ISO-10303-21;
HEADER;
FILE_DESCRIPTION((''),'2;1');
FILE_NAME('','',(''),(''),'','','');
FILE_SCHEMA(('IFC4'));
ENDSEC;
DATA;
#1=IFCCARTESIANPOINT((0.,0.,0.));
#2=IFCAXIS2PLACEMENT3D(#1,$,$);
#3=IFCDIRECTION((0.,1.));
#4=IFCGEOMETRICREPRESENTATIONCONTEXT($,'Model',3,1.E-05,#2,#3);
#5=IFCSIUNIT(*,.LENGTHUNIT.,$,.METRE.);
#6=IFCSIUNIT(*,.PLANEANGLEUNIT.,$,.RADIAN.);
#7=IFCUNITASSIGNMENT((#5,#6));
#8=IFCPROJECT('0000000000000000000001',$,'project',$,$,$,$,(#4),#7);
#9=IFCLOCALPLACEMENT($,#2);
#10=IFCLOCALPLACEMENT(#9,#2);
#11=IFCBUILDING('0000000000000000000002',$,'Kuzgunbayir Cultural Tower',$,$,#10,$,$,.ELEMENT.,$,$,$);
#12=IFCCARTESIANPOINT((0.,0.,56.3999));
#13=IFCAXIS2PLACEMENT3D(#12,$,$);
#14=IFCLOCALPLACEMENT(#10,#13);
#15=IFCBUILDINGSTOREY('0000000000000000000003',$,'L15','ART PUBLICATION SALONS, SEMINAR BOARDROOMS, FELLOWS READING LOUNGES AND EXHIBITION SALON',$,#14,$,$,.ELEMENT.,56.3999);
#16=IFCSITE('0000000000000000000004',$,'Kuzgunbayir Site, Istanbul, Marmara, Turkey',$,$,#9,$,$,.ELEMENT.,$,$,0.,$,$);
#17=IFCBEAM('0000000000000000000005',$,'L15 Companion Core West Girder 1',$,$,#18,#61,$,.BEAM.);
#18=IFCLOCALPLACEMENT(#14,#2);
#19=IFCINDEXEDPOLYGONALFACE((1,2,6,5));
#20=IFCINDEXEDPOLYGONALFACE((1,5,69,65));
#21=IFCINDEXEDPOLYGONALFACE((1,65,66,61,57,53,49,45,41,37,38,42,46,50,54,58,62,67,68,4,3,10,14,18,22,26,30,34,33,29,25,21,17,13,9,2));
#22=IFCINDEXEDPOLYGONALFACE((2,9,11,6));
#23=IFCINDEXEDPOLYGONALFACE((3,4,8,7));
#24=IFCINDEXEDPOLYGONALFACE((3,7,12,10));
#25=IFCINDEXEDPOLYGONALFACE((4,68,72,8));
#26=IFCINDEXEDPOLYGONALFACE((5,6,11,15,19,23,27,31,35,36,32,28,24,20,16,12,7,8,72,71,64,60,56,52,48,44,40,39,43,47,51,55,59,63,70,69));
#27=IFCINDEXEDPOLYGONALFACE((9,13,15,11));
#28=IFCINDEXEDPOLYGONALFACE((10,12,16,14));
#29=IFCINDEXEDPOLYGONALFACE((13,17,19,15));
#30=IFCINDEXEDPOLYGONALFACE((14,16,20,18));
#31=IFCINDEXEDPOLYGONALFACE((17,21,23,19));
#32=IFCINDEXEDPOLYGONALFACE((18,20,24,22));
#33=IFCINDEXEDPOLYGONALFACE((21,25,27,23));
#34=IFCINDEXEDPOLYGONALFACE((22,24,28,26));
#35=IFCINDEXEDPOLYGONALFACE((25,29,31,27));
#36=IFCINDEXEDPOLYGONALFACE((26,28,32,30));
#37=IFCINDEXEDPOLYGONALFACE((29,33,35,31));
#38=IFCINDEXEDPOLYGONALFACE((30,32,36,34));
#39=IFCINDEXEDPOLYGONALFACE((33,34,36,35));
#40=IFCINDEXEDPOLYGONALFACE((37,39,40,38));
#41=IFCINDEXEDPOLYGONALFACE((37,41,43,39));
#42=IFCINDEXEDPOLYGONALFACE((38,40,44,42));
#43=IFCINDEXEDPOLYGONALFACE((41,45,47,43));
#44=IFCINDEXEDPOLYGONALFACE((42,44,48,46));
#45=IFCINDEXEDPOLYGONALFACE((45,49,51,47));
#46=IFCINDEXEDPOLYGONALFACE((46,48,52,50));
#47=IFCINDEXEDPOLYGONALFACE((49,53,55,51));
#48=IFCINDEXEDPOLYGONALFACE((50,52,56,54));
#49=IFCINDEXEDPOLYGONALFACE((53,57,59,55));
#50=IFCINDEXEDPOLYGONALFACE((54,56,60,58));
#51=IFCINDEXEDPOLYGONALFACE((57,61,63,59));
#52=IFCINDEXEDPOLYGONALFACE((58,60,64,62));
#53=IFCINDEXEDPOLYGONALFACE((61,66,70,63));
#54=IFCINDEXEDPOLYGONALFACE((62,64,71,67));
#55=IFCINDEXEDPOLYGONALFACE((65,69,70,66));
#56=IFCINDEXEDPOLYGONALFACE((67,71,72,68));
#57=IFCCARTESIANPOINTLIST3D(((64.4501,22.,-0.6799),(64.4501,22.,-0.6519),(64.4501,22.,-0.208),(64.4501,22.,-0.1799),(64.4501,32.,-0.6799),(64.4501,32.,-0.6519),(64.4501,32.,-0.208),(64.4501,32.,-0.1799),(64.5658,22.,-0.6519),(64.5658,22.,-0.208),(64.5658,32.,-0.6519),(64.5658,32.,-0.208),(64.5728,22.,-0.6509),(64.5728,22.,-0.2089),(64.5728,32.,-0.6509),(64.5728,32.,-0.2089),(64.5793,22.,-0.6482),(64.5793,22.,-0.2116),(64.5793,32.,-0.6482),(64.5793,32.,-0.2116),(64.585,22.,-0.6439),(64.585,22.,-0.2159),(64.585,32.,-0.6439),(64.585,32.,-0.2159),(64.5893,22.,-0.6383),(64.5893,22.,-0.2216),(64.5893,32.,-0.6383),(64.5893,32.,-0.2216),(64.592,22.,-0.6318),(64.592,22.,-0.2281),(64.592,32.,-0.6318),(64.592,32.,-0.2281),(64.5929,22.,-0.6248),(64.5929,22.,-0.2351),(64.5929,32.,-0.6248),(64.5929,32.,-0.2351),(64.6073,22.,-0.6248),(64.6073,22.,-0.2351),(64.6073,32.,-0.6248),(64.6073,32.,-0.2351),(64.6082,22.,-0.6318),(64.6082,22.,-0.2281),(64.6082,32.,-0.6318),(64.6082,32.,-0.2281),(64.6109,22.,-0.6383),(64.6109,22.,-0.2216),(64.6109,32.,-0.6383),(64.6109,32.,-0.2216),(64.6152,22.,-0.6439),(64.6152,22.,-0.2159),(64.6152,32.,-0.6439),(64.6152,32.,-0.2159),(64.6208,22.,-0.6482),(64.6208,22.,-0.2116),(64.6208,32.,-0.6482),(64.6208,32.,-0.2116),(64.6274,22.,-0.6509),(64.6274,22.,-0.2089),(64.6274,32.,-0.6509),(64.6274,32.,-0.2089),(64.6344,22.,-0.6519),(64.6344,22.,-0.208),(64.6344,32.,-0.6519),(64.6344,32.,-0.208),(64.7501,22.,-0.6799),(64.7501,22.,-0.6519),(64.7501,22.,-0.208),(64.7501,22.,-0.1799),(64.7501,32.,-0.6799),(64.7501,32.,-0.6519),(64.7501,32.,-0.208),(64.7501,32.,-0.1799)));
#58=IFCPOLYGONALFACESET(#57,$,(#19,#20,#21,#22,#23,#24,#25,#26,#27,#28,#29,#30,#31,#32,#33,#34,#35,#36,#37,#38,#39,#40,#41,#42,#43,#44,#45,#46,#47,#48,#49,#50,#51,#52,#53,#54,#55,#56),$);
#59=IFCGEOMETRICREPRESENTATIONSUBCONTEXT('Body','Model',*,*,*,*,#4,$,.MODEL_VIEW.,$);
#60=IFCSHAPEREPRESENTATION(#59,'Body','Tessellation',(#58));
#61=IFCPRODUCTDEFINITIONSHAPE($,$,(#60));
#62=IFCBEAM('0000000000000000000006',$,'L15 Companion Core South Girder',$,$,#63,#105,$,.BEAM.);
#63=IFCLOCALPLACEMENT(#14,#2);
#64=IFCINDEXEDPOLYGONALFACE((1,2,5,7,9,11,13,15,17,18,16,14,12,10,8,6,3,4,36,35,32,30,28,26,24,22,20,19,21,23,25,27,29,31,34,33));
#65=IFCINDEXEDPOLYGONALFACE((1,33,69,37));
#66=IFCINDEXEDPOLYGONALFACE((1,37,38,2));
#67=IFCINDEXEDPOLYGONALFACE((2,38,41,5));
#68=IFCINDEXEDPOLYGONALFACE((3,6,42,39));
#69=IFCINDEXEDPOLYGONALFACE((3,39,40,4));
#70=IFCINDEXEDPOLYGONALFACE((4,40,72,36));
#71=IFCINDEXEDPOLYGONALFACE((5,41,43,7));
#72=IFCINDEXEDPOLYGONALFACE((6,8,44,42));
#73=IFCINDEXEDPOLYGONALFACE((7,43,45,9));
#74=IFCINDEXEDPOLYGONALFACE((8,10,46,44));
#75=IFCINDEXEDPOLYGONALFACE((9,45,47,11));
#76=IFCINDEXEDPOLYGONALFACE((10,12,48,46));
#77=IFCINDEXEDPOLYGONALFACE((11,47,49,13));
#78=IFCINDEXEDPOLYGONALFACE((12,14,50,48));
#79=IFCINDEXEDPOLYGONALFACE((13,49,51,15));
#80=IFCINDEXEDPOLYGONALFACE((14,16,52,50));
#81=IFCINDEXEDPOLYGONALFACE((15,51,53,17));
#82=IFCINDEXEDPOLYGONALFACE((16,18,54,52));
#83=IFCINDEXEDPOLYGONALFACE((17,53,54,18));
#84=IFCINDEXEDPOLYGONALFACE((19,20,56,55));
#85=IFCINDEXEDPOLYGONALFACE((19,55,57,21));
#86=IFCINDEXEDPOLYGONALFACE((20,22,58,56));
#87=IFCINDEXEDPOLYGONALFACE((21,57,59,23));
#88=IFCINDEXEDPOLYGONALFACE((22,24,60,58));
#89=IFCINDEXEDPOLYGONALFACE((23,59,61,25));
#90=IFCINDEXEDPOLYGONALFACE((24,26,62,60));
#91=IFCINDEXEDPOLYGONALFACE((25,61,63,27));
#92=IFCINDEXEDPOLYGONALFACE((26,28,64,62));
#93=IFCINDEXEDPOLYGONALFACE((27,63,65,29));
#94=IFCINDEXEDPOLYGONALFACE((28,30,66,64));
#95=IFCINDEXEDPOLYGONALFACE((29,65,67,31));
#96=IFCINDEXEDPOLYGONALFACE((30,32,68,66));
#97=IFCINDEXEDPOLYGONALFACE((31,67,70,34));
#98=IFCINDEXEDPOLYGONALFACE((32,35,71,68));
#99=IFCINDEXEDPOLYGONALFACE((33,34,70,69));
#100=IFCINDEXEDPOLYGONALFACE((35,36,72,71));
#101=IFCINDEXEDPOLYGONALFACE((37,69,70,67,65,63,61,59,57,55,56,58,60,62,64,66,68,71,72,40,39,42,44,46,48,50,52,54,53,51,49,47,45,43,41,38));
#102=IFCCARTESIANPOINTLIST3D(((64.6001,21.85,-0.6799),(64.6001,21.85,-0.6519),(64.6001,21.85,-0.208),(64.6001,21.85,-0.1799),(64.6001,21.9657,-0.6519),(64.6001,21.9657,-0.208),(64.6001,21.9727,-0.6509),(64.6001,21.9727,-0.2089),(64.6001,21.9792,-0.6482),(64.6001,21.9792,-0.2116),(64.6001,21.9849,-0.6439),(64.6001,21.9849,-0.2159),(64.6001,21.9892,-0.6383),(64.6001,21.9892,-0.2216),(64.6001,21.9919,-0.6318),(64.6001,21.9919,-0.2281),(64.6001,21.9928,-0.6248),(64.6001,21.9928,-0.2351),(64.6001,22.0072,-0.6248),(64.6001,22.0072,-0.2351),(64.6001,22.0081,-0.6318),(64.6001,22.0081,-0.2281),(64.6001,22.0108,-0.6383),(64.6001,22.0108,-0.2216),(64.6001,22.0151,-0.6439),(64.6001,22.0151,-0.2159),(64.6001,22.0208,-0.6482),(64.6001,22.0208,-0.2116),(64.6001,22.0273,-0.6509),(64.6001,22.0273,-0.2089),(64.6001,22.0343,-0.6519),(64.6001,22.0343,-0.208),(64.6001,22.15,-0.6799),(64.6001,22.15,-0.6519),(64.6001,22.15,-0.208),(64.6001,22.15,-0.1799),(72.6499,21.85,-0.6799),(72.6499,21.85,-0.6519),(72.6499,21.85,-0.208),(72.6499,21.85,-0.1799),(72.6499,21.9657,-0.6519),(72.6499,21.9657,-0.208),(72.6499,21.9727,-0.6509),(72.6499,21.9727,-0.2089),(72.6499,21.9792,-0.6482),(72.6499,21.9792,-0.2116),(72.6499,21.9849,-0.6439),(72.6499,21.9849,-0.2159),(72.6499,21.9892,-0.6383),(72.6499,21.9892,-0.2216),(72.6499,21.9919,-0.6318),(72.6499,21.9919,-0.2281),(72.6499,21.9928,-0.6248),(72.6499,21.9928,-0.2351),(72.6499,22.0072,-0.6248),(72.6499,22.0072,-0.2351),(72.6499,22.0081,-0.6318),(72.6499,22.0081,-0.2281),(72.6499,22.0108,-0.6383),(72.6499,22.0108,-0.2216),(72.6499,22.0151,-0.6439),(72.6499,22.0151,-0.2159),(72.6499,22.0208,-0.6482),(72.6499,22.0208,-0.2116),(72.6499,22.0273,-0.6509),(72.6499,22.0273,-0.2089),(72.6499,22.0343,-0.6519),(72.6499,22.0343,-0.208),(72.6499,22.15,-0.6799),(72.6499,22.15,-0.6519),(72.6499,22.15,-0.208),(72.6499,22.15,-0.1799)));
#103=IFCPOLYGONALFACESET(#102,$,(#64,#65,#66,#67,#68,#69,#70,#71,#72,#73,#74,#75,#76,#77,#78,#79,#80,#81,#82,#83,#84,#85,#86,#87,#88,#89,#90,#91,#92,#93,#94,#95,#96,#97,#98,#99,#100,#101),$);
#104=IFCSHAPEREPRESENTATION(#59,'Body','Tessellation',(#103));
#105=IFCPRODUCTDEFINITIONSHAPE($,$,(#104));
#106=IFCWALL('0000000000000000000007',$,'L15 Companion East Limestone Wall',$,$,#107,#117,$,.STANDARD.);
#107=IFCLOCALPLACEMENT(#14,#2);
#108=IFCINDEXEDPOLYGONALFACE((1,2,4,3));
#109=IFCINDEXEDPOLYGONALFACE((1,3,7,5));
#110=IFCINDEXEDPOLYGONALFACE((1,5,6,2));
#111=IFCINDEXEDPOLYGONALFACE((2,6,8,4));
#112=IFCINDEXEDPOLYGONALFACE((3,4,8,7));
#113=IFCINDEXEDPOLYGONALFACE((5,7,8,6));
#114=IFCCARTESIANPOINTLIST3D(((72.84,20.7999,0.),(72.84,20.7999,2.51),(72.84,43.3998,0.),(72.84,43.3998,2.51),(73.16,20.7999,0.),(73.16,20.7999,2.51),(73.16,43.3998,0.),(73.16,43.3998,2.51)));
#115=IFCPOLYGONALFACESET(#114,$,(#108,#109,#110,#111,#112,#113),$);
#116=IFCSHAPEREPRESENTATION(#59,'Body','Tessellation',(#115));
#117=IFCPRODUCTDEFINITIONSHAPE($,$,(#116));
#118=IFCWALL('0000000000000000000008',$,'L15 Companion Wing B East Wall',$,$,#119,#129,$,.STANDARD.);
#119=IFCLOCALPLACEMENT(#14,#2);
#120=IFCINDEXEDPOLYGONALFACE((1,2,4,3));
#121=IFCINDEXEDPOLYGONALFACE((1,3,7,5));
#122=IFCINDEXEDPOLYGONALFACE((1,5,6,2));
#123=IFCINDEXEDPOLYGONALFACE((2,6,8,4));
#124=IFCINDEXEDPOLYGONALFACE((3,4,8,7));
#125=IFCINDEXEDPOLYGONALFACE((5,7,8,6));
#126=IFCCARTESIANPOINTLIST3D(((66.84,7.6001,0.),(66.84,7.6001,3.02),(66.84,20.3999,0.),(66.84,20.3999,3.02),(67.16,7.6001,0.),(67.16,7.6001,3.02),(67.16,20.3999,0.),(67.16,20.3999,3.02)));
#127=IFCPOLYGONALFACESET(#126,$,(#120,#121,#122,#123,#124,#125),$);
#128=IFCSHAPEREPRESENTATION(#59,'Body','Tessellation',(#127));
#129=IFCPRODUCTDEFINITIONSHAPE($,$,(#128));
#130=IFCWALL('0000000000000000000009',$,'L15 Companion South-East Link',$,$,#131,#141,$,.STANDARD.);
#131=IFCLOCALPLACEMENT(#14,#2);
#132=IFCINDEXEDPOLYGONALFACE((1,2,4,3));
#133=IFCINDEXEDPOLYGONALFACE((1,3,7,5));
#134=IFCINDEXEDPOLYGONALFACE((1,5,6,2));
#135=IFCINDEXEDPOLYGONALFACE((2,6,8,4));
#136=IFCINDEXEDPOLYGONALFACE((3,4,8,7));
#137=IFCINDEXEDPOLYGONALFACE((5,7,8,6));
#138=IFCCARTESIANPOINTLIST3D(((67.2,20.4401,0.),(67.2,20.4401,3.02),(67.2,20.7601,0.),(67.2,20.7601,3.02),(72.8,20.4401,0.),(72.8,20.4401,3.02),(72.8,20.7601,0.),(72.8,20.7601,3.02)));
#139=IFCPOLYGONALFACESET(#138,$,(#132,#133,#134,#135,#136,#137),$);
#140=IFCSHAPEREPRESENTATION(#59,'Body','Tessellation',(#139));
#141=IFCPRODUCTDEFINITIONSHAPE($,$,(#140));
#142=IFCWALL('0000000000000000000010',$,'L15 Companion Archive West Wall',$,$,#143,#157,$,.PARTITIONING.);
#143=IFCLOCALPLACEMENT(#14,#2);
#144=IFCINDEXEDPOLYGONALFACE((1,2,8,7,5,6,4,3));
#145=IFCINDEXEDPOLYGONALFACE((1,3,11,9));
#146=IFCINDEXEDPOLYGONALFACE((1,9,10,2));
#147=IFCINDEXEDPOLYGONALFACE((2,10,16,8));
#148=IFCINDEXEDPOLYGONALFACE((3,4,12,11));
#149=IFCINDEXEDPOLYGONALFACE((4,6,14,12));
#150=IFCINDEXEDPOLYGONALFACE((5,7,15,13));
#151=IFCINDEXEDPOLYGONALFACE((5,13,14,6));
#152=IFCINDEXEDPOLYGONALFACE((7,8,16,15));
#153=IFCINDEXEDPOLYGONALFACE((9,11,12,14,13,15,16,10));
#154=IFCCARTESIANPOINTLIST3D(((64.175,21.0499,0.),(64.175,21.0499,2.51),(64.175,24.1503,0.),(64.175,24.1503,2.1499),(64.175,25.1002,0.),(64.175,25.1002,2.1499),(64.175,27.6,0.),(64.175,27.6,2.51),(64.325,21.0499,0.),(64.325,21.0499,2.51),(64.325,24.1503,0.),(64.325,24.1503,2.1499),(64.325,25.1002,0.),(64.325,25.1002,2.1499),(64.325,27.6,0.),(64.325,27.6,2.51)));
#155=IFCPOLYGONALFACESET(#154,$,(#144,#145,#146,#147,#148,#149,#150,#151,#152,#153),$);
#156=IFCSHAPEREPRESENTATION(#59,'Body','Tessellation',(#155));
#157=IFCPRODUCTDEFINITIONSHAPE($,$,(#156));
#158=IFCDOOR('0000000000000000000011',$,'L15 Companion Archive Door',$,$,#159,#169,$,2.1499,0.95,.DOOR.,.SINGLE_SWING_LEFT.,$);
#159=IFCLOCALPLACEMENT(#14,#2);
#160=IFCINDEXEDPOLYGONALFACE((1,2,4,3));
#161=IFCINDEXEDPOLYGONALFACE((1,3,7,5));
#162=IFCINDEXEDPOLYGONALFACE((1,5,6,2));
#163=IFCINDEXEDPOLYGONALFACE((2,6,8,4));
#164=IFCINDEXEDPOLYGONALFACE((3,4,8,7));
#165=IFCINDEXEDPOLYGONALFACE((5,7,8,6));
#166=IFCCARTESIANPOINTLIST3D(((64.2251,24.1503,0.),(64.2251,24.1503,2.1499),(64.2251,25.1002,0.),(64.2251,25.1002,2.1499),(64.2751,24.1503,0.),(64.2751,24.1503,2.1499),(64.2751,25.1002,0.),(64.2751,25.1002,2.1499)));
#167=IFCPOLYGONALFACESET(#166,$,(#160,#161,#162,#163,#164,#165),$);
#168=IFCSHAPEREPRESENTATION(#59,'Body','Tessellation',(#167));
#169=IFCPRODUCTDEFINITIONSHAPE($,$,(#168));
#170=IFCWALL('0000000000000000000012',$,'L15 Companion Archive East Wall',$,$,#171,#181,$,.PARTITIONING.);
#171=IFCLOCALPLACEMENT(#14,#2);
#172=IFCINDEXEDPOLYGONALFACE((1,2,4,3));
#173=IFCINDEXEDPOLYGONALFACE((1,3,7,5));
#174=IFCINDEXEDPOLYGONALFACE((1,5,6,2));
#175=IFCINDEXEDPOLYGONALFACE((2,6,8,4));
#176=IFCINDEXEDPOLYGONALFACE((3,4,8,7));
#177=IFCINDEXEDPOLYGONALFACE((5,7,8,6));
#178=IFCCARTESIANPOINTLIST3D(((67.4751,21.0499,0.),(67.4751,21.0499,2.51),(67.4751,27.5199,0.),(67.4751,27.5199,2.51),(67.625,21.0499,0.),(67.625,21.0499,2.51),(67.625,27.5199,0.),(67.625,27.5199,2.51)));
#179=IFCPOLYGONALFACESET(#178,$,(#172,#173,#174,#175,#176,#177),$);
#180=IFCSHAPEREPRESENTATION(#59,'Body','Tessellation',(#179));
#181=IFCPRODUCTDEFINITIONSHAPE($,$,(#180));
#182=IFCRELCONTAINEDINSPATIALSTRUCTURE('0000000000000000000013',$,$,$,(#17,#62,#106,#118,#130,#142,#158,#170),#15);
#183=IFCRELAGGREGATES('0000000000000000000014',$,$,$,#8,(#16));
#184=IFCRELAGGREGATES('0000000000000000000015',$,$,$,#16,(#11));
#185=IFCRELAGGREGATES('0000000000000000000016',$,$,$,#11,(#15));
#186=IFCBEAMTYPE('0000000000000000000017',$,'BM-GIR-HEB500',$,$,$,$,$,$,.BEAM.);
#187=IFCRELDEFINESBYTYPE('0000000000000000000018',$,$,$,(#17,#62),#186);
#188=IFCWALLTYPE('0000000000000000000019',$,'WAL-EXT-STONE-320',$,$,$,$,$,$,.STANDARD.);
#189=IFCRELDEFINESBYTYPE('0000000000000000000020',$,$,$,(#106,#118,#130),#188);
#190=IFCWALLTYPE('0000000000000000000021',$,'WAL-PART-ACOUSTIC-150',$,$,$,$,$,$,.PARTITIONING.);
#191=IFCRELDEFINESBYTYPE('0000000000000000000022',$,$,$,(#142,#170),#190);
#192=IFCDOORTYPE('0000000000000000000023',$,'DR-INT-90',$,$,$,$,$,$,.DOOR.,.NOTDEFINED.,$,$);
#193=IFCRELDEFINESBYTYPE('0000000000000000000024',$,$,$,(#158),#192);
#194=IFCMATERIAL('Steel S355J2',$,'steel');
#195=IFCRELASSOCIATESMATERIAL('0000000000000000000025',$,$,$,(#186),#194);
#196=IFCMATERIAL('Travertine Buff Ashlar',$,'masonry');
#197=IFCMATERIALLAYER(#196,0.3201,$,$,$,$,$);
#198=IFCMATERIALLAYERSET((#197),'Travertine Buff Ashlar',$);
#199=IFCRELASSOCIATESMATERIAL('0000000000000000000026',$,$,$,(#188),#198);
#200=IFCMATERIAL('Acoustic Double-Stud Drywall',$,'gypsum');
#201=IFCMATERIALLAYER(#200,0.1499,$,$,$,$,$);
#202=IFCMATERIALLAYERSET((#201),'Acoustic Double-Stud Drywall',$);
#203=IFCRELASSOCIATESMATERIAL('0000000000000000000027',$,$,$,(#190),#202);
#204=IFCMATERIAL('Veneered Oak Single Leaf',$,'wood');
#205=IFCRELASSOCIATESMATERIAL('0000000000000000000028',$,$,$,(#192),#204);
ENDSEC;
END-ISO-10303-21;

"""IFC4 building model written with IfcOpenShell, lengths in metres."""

from ifc_helpers import new_model, si_unit, direction, frame, frame_2d, origin, origin_2d, place, context, subcontext, project, spatial, rectangle, i_section, extrude, material, layer, layer_set, material_profile, profile_set, type_object, element, fill, save


model = new_model("IFC4")

# Units and contexts
model_context = context("Model", 3, precision=1e-05, world=origin(), true_north=direction((0.0, 1.0)))
body_context = subcontext(model_context, "Body", "Model", "MODEL_VIEW")
ifc_project = project(units=[si_unit("LENGTHUNIT", "METRE"), si_unit("PLANEANGLEUNIT", "RADIAN")], contexts=[model_context])

# Site, building, storey
site_placement = place(None, origin())
site = spatial("IfcSite", under=ifc_project, at=site_placement, Name="Kuzgunbayir Site, Istanbul, Marmara, Turkey", CompositionType="ELEMENT", RefElevation=0.0)
building_placement = place(site_placement, origin())
building = spatial("IfcBuilding", under=site, at=building_placement, Name="Kuzgunbayir Cultural Tower", CompositionType="ELEMENT")
storey_placement = place(building_placement, frame((0.0, 0.0, 56.3999)))
storey = spatial("IfcBuildingStorey", under=building, at=storey_placement, Name="L15", Description="ART PUBLICATION SALONS, SEMINAR BOARDROOMS, FELLOWS READING LOUNGES AND EXHIBITION SALON", CompositionType="ELEMENT", Elevation=56.3999)

# Beams
ifc_material_1 = material(Name="Steel S355J2", Category="steel")
ifc_material_profile_1 = material_profile(ifc_material_1, i_section(OverallWidth=0.3, OverallDepth=0.5, WebThickness=0.0144, FlangeThickness=0.0281, FilletRadius=0.0271, at=origin_2d()), Name="HEB 500")
ifc_profile_set_1 = profile_set([ifc_material_profile_1], Name="Steel S355J2")
beam_type_1 = type_object("IfcBeamType", Name="BM-GIR-HEB500", PredefinedType="BEAM", material=ifc_profile_set_1)
beam_1_placement = place(storey_placement, frame((64.6001, 22.0, -0.4299), z_axis=(0.0, 1.0, 0.0), x_axis=(-1.0, 0.0, 0.0)))
element("IfcBeam", 1, at=beam_1_placement, inside=storey, type_object=beam_type_1, Name="L15 Companion Core West Girder 1", PredefinedType="BEAM", context=body_context, shape_type="SweptSolid", body=[
    extrude(i_section(OverallWidth=0.3, OverallDepth=0.5, WebThickness=0.0144, FlangeThickness=0.0281, FilletRadius=0.0271, at=origin_2d()), origin(), (0.0, 0.0, 1.0), 10.0),
])
beam_2_placement = place(storey_placement, frame((64.6001, 22.0, -0.4299), z_axis=(1.0, 0.0, 0.0), x_axis=(0.0, 1.0, 0.0)))
element("IfcBeam", 2, at=beam_2_placement, inside=storey, type_object=beam_type_1, Name="L15 Companion Core South Girder", PredefinedType="BEAM", context=body_context, shape_type="SweptSolid", body=[
    extrude(i_section(OverallWidth=0.3, OverallDepth=0.5, WebThickness=0.0144, FlangeThickness=0.0281, FilletRadius=0.0271, at=origin_2d()), origin(), (0.0, 0.0, 1.0), 8.0498),
])

# Walls
ifc_material_2 = material(Name="Travertine Buff Ashlar", Category="masonry")
ifc_layer_1 = layer(ifc_material_2, 0.3201)
ifc_layer_set_1 = layer_set([ifc_layer_1], Name="Travertine Buff Ashlar")
wall_type_1 = type_object("IfcWallType", Name="WAL-EXT-STONE-320", PredefinedType="STANDARD", material=ifc_layer_set_1)
wall_1_placement = place(storey_placement, frame((73.0, 20.8, 0.0), z_axis=(0.0, 0.0, 1.0), x_axis=(0.0, 1.0, 0.0)))
element("IfcWall", 3, at=wall_1_placement, inside=storey, type_object=wall_type_1, Name="L15 Companion East Limestone Wall", PredefinedType="STANDARD", context=body_context, shape_type="SweptSolid", body=[
    extrude(rectangle(XDim=22.5999, YDim=0.3201, at=frame_2d((11.2998, 0.0))), origin(), (0.0, 0.0, 1.0), 2.51),
])
wall_2_placement = place(storey_placement, frame((67.0, 7.6001, 0.0), z_axis=(0.0, 0.0, 1.0), x_axis=(0.0, 1.0, 0.0)))
element("IfcWall", 4, at=wall_2_placement, inside=storey, type_object=wall_type_1, Name="L15 Companion Wing B East Wall", PredefinedType="STANDARD", context=body_context, shape_type="SweptSolid", body=[
    extrude(rectangle(XDim=12.7998, YDim=0.3201, at=frame_2d((6.3999, 0.0))), origin(), (0.0, 0.0, 1.0), 3.02),
])
wall_3_placement = place(storey_placement, frame((67.2, 20.6001, 0.0), z_axis=(0.0, 0.0, 1.0), x_axis=(1.0, 0.0, 0.0)))
element("IfcWall", 5, at=wall_3_placement, inside=storey, type_object=wall_type_1, Name="L15 Companion South-East Link", PredefinedType="STANDARD", context=body_context, shape_type="SweptSolid", body=[
    extrude(rectangle(XDim=5.6001, YDim=0.3201, at=frame_2d((2.8, 0.0))), origin(), (0.0, 0.0, 1.0), 3.02),
])

# Wall, opening, door
ifc_material_3 = material(Name="Acoustic Double-Stud Drywall", Category="gypsum")
ifc_layer_2 = layer(ifc_material_3, 0.1499)
ifc_layer_set_2 = layer_set([ifc_layer_2], Name="Acoustic Double-Stud Drywall")
wall_type_2 = type_object("IfcWallType", Name="WAL-PART-ACOUSTIC-150", PredefinedType="PARTITIONING", material=ifc_layer_set_2)
wall_4_placement = place(storey_placement, frame((64.25, 21.05, 0.0), z_axis=(0.0, 0.0, 1.0), x_axis=(0.0, 1.0, 0.0)))
wall_4 = element("IfcWall", 6, at=wall_4_placement, inside=storey, type_object=wall_type_2, Name="L15 Companion Archive West Wall", PredefinedType="PARTITIONING", context=body_context, shape_type="SweptSolid", body=[
    extrude(rectangle(XDim=6.55, YDim=0.1499, at=frame_2d((3.2749, 0.0))), origin(), (0.0, 0.0, 1.0), 2.51),
])
opening_1_placement = place(wall_4_placement, frame((3.1001, 0.0, 0.0)))
opening_1 = element("IfcOpeningElement", 7, at=opening_1_placement, cuts=wall_4, PredefinedType="OPENING", context=body_context, shape_type="SweptSolid", body=[
    extrude(rectangle(XDim=0.95, YDim=2.1499, at=frame_2d((0.4751, 1.075))), frame((0.0, 0.085, 0.0), z_axis=(0.0, -1.0, 0.0), x_axis=(1.0, 0.0, 0.0)), (0.0, 0.0, 1.0), 0.1699),
])
ifc_material_4 = material(Name="Veneered Oak Single Leaf", Category="wood")
door_type_1 = type_object("IfcDoorType", Name="DR-INT-90", OperationType="NOTDEFINED", PredefinedType="DOOR", material=ifc_material_4)
door_1_placement = place(opening_1_placement, origin())
door_1 = element("IfcDoor", 8, at=door_1_placement, inside=storey, type_object=door_type_1, Name="L15 Companion Archive Door", OperationType="SINGLE_SWING_LEFT", OverallHeight=2.1499, OverallWidth=0.95, PredefinedType="DOOR", context=body_context, shape_type="SweptSolid", body=[
    extrude(rectangle(XDim=0.95, YDim=2.1499, at=frame_2d((0.4751, 1.075))), frame((0.0, 0.0249, 0.0), z_axis=(0.0, -1.0, 0.0), x_axis=(1.0, 0.0, 0.0)), (0.0, 0.0, 1.0), 0.05),
])
fill(opening_1, door_1)

# Wall
wall_5_placement = place(storey_placement, frame((67.55, 21.05, 0.0), z_axis=(0.0, 0.0, 1.0), x_axis=(0.0, 1.0, 0.0)))
element("IfcWall", 9, at=wall_5_placement, inside=storey, type_object=wall_type_2, Name="L15 Companion Archive East Wall", PredefinedType="PARTITIONING", context=body_context, shape_type="SweptSolid", body=[
    extrude(rectangle(XDim=6.47, YDim=0.1499, at=frame_2d((3.2349, 0.0))), origin(), (0.0, 0.0, 1.0), 2.51),
])

save(model, "model.ifc")
